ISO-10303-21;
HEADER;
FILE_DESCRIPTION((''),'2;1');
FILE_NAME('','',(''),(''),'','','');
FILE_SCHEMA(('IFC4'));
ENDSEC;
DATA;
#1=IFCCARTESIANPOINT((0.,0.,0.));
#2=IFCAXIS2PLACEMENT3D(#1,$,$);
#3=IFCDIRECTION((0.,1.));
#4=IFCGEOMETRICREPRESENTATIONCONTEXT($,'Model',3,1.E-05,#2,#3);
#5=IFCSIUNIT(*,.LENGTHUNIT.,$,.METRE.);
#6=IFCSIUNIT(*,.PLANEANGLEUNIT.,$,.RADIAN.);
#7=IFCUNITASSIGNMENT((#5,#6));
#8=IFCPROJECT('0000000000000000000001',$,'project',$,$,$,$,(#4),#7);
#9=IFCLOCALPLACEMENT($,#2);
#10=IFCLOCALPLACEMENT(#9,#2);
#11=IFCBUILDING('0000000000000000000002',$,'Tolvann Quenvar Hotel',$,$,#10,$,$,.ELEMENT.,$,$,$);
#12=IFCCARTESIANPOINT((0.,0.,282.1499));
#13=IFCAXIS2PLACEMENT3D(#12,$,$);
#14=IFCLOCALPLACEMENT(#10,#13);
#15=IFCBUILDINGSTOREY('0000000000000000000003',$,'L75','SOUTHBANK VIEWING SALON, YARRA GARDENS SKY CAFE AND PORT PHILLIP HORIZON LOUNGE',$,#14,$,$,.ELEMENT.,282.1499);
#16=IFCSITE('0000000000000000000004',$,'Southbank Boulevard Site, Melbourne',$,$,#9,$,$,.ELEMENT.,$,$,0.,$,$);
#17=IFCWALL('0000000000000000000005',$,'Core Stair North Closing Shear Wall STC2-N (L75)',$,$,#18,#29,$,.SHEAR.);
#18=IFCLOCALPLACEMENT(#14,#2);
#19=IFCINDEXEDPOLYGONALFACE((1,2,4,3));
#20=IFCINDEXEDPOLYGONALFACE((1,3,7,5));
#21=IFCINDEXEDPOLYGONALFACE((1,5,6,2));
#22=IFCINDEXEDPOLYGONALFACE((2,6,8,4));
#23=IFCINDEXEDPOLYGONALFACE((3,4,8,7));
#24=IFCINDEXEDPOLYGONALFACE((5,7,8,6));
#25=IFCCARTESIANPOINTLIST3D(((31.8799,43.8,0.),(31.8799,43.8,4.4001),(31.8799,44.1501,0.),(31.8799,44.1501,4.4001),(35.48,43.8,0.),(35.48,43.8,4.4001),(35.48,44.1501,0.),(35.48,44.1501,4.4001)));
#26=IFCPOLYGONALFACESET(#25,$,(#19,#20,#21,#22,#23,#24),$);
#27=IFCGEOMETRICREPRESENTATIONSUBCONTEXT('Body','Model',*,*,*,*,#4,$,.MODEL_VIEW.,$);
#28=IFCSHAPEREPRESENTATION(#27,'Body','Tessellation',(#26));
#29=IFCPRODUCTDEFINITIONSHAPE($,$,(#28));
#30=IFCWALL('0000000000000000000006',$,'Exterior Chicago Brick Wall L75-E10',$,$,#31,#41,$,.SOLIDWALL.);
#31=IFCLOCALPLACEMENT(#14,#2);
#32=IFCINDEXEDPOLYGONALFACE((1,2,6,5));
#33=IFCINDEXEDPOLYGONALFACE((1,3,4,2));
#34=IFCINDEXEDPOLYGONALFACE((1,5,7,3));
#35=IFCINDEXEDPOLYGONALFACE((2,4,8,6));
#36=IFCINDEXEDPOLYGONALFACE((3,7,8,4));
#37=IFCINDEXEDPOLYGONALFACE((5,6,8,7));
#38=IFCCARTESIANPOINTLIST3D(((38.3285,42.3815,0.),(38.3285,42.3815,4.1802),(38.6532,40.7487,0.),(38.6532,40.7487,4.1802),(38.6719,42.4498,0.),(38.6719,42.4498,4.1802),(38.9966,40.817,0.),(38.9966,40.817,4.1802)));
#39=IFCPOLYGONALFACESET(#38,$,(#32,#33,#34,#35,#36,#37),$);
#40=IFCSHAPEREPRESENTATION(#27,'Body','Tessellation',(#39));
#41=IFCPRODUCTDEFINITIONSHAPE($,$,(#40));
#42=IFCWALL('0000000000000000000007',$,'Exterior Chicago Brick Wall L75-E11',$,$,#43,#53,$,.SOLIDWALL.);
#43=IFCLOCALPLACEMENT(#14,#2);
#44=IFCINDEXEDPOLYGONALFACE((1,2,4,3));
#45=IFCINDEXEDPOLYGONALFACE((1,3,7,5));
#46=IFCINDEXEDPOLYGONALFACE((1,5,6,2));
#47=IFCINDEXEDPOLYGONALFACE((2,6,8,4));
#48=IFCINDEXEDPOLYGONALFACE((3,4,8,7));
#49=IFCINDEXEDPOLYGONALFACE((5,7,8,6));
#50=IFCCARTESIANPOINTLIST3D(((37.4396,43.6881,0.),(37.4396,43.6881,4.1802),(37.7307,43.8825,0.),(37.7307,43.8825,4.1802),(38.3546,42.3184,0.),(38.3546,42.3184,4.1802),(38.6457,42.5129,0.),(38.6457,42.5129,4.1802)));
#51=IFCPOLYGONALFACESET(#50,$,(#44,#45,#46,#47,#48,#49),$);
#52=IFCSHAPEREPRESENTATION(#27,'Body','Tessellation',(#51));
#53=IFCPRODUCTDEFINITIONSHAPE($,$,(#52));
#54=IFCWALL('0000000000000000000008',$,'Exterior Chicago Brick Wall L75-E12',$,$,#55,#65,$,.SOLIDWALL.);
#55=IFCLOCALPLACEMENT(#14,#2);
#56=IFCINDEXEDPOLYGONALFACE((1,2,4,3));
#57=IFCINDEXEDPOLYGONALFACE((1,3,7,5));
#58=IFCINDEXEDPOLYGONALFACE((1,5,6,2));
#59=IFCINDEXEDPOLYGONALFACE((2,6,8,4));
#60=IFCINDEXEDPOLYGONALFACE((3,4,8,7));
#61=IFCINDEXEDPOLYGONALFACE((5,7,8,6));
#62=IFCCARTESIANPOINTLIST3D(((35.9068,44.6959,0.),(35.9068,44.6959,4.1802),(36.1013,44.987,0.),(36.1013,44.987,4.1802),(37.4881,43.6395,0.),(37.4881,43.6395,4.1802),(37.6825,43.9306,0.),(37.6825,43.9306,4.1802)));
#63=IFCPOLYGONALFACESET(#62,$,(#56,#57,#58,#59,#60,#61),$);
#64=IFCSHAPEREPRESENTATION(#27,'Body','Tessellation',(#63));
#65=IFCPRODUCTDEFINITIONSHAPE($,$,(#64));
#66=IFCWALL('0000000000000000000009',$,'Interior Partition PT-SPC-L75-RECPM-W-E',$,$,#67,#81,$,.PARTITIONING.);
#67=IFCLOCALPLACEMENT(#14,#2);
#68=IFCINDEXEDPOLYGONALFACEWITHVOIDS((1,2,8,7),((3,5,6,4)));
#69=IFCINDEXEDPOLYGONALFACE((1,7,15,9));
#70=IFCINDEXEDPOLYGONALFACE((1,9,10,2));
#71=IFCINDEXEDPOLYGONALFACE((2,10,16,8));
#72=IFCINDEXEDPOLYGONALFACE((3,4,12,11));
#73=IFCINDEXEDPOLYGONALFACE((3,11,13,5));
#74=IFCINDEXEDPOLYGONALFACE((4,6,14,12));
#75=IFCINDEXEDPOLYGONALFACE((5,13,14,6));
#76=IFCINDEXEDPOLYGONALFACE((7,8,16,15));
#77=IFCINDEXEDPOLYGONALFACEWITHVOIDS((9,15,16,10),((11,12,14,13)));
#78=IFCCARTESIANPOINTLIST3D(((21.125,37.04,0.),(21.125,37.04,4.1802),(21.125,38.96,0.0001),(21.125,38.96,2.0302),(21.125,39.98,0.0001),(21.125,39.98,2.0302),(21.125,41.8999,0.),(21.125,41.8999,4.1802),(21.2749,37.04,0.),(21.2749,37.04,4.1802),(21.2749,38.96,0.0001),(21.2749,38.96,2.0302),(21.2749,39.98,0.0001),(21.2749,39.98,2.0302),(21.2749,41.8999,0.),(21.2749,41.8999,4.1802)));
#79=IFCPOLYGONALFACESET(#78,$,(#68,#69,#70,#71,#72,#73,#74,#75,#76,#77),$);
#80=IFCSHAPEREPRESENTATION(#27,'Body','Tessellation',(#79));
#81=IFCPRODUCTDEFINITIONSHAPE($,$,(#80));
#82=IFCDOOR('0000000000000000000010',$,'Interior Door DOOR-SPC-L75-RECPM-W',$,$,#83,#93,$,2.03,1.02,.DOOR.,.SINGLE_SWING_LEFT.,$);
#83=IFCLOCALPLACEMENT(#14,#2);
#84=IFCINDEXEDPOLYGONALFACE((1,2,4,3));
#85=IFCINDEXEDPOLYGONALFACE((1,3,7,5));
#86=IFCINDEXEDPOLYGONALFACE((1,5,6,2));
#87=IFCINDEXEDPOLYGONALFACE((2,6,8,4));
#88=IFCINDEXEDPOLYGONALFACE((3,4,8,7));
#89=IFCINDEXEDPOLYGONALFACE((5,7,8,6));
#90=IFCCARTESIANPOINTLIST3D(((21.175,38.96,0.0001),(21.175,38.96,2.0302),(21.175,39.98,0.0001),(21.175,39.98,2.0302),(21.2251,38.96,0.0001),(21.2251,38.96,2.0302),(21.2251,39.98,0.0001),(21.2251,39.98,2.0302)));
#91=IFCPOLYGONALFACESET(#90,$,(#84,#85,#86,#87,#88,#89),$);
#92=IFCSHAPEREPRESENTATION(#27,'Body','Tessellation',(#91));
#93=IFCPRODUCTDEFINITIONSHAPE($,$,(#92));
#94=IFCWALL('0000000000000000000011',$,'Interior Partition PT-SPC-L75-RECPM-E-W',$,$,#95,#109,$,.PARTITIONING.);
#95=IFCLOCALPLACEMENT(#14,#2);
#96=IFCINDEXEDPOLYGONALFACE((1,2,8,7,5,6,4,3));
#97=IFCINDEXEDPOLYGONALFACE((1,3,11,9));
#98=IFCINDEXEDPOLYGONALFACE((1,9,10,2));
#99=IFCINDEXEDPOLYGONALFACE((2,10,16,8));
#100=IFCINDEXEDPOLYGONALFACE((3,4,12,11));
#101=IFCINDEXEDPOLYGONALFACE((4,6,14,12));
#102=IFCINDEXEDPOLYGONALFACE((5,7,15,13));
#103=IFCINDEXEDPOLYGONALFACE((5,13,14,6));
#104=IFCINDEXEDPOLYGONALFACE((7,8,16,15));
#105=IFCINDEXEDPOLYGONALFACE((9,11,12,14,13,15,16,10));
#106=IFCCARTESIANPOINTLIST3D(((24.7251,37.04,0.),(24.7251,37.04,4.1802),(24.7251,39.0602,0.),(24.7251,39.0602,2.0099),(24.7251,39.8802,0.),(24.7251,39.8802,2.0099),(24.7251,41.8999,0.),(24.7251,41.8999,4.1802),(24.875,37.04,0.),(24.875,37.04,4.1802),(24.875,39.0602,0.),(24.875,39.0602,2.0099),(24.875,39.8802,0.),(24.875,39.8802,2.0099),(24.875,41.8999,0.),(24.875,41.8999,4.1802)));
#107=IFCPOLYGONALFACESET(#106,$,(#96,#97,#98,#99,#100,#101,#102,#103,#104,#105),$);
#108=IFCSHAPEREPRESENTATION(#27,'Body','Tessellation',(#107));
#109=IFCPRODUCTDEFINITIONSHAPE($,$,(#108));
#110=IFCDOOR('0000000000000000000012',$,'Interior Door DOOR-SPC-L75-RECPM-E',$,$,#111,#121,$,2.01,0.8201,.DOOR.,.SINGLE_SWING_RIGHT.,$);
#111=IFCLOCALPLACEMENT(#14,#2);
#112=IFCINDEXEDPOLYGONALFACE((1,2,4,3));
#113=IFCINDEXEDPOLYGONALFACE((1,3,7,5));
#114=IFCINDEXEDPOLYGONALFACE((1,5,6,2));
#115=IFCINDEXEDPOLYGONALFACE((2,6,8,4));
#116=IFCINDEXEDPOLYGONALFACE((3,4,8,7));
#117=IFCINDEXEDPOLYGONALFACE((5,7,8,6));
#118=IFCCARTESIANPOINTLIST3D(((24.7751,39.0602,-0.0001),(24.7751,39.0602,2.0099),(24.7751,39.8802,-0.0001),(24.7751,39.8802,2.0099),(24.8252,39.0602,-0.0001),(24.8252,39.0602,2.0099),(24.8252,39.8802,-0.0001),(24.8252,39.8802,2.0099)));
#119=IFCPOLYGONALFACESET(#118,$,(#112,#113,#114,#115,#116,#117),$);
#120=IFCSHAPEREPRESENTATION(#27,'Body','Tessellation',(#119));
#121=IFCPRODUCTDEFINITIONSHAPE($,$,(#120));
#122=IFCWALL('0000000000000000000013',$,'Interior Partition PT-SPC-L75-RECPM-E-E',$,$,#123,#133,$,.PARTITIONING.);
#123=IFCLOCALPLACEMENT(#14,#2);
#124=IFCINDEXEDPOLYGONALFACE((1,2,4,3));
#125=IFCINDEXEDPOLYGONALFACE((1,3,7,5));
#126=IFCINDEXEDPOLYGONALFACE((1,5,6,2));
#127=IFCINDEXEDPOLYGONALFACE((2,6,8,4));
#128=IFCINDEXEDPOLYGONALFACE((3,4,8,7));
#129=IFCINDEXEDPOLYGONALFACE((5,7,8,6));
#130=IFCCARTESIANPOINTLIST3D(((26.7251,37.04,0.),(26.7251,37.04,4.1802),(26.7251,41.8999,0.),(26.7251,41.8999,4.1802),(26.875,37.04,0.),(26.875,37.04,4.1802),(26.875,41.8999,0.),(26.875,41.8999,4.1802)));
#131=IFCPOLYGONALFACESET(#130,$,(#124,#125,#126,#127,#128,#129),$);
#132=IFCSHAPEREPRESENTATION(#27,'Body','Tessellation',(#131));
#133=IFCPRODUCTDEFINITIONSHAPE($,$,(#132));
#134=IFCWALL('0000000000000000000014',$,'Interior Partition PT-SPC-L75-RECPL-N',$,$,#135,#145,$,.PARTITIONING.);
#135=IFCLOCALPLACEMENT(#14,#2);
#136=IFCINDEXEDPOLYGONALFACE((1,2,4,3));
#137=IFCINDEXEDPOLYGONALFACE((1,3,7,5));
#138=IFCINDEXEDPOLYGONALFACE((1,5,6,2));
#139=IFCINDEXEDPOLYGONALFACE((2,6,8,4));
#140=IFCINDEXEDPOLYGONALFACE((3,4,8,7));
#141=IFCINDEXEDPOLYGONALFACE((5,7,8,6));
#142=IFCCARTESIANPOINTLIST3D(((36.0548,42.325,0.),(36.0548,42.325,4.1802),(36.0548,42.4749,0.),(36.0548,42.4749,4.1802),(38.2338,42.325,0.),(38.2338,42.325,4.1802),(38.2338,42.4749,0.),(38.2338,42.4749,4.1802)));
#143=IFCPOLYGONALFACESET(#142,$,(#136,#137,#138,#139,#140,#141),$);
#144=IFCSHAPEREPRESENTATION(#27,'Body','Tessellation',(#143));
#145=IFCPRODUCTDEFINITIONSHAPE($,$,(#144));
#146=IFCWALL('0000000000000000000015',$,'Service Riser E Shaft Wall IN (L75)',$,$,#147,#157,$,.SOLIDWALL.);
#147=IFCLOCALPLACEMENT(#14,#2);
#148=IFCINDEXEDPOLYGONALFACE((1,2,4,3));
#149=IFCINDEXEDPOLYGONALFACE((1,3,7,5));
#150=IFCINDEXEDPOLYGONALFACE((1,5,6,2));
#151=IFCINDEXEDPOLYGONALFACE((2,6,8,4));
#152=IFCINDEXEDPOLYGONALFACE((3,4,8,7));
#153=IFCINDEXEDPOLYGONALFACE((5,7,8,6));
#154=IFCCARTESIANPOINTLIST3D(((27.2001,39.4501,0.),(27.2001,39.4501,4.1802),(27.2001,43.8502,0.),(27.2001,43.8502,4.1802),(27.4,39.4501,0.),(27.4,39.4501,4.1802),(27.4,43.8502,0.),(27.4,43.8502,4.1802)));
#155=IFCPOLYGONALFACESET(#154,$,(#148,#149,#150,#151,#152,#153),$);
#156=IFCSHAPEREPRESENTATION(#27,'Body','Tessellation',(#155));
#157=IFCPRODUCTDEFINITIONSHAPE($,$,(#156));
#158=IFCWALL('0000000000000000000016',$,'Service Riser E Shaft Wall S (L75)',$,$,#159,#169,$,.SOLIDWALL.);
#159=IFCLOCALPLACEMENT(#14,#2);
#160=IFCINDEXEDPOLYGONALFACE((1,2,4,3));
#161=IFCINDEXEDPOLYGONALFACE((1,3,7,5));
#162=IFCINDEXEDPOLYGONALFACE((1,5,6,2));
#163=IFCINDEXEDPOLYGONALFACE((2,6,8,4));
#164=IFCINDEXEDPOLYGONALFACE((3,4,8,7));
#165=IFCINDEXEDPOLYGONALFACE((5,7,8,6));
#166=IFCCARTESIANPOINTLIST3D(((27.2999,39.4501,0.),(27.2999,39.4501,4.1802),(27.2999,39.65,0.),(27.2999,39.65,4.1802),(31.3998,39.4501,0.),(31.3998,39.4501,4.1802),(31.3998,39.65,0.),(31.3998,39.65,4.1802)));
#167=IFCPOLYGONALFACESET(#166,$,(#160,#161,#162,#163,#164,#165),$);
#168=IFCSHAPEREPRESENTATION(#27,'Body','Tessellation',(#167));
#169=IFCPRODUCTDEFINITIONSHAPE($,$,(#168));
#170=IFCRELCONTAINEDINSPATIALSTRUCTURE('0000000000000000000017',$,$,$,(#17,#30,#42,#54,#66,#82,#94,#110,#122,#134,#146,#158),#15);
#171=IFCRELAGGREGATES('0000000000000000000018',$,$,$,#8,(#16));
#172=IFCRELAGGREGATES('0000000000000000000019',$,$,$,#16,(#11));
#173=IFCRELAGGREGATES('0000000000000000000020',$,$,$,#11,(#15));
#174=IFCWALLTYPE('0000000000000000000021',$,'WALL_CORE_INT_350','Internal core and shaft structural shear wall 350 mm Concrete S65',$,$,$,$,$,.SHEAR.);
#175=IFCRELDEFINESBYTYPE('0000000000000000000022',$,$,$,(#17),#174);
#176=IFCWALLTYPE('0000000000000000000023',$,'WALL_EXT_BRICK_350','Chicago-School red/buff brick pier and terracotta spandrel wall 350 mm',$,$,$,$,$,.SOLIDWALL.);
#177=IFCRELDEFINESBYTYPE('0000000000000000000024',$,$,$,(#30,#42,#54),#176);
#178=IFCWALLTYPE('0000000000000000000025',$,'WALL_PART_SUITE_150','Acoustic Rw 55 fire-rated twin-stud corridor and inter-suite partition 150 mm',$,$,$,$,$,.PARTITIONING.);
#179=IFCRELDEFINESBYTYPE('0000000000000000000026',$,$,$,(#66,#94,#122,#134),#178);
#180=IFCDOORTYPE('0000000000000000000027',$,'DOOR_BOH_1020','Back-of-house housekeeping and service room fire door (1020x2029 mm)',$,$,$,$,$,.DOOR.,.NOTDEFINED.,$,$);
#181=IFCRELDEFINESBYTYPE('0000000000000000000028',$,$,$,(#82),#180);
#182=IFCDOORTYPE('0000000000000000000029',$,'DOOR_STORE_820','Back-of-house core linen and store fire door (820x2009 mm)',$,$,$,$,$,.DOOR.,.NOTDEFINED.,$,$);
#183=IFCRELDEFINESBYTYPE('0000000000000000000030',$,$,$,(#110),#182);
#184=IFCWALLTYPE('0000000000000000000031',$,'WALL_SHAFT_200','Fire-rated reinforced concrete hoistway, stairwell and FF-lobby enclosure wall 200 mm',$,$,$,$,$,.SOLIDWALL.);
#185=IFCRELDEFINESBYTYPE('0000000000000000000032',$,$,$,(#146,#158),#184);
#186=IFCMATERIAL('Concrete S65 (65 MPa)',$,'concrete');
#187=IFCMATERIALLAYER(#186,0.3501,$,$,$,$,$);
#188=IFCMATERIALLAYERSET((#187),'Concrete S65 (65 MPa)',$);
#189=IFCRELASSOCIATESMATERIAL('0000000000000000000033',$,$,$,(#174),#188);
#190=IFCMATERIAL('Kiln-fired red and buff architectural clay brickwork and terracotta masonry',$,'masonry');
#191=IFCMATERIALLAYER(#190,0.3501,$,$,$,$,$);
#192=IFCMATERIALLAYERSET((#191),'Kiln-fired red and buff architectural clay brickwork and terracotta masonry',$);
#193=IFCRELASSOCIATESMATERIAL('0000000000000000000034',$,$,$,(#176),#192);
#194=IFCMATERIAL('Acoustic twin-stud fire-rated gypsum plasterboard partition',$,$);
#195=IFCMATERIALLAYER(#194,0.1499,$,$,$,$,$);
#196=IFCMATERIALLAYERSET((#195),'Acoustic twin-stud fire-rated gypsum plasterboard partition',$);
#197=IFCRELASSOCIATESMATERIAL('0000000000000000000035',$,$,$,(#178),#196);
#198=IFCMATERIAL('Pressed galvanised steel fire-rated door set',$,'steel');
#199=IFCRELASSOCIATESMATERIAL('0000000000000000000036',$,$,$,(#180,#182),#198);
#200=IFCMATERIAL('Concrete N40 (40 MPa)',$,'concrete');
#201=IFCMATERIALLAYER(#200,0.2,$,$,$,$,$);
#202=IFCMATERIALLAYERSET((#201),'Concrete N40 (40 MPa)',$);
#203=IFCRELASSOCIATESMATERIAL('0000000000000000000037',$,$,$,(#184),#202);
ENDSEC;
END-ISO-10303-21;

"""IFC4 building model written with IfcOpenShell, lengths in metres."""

from ifc_helpers import new_model, si_unit, direction, frame, frame_2d, origin, place, context, subcontext, project, spatial, rectangle, extrude, source, transform, mapped, material, layer, layer_set, type_object, type_shapes, element, fill, save


model = new_model("IFC4")

# Units and contexts
model_context = context("Model", 3, precision=1e-05, world=origin(), true_north=direction((0.0, 1.0)))
body_context = subcontext(model_context, "Body", "Model", "MODEL_VIEW")
ifc_project = project(units=[si_unit("LENGTHUNIT", "METRE"), si_unit("PLANEANGLEUNIT", "RADIAN")], contexts=[model_context])

# Site, building, storey
site_placement = place(None, origin())
site = spatial("IfcSite", under=ifc_project, at=site_placement, Name="Southbank Boulevard Site, Melbourne", CompositionType="ELEMENT", RefElevation=0.0)
building_placement = place(site_placement, origin())
building = spatial("IfcBuilding", under=site, at=building_placement, Name="Tolvann Quenvar Hotel", CompositionType="ELEMENT")
storey_placement = place(building_placement, frame((0.0, 0.0, 282.1499)))
storey = spatial("IfcBuildingStorey", under=building, at=storey_placement, Name="L75", Description="SOUTHBANK VIEWING SALON, YARRA GARDENS SKY CAFE AND PORT PHILLIP HORIZON LOUNGE", CompositionType="ELEMENT", Elevation=282.1499)

# Walls
ifc_material_1 = material(Name="Concrete S65 (65 MPa)", Category="concrete")
ifc_layer_1 = layer(ifc_material_1, 0.3501)
ifc_layer_set_1 = layer_set([ifc_layer_1], Name="Concrete S65 (65 MPa)")
wall_type_1 = type_object("IfcWallType", Name="WALL_CORE_INT_350", Description="Internal core and shaft structural shear wall 350 mm Concrete S65", PredefinedType="SHEAR", material=ifc_layer_set_1)
wall_1_placement = place(storey_placement, frame((31.8799, 43.9751, 0.0), z_axis=(0.0, 0.0, 1.0), x_axis=(1.0, 0.0, 0.0)))
element("IfcWall", 1, at=wall_1_placement, inside=storey, type_object=wall_type_1, Name="Core Stair North Closing Shear Wall STC2-N (L75)", PredefinedType="SHEAR", context=body_context, shape_type="SweptSolid", body=[
    extrude(rectangle(XDim=3.6001, YDim=0.3501, at=frame_2d((1.8, 0.0))), origin(), (0.0, 0.0, 1.0), 4.4001),
])
ifc_material_2 = material(Name="Kiln-fired red and buff architectural clay brickwork and terracotta masonry", Category="masonry")
ifc_layer_2 = layer(ifc_material_2, 0.3501)
ifc_layer_set_2 = layer_set([ifc_layer_2], Name="Kiln-fired red and buff architectural clay brickwork and terracotta masonry")
wall_type_2 = type_object("IfcWallType", Name="WALL_EXT_BRICK_350", Description="Chicago-School red/buff brick pier and terracotta spandrel wall 350 mm", PredefinedType="SOLIDWALL", material=ifc_layer_set_2)
wall_2_placement = place(storey_placement, frame((38.825, 40.7827, 0.0), z_axis=(0.0, 0.0, 1.0), x_axis=(-0.195044, 0.980794, 0.0)))
element("IfcWall", 2, at=wall_2_placement, inside=storey, type_object=wall_type_2, Name="Exterior Chicago Brick Wall L75-E10", PredefinedType="SOLIDWALL", context=body_context, shape_type="SweptSolid", body=[
    extrude(rectangle(XDim=1.6648, YDim=0.3501, at=frame_2d((0.8325, 0.0))), origin(), (0.0, 0.0, 1.0), 4.1802),
])
wall_3_placement = place(storey_placement, frame((38.5002, 42.4155, 0.0), z_axis=(0.0, 0.0, 1.0), x_axis=(-0.555521, 0.831503, 0.0)))
element("IfcWall", 3, at=wall_3_placement, inside=storey, type_object=wall_type_2, Name="Exterior Chicago Brick Wall L75-E11", PredefinedType="SOLIDWALL", context=body_context, shape_type="SweptSolid", body=[
    extrude(rectangle(XDim=1.6472, YDim=0.3501, at=frame_2d((0.8237, 0.0))), origin(), (0.0, 0.0, 1.0), 4.1802),
])
wall_4_placement = place(storey_placement, frame((37.5852, 43.7852, 0.0), z_axis=(0.0, 0.0, 1.0), x_axis=(-0.831517, 0.5555, 0.0)))
element("IfcWall", 4, at=wall_4_placement, inside=storey, type_object=wall_type_2, Name="Exterior Chicago Brick Wall L75-E12", PredefinedType="SOLIDWALL", context=body_context, shape_type="SweptSolid", body=[
    extrude(rectangle(XDim=1.9016, YDim=0.3501, at=frame_2d((0.9507, 0.0))), origin(), (0.0, 0.0, 1.0), 4.1802),
])

# Walls, openings, doors
ifc_material_3 = material(Name="Acoustic twin-stud fire-rated gypsum plasterboard partition")
ifc_layer_3 = layer(ifc_material_3, 0.1499)
ifc_layer_set_3 = layer_set([ifc_layer_3], Name="Acoustic twin-stud fire-rated gypsum plasterboard partition")
wall_type_3 = type_object("IfcWallType", Name="WALL_PART_SUITE_150", Description="Acoustic Rw 55 fire-rated twin-stud corridor and inter-suite partition 150 mm", PredefinedType="PARTITIONING", material=ifc_layer_set_3)
wall_5_placement = place(storey_placement, frame((21.2, 37.04, 0.0), z_axis=(0.0, 0.0, 1.0), x_axis=(0.0, 1.0, 0.0)))
wall_5 = element("IfcWall", 5, at=wall_5_placement, inside=storey, type_object=wall_type_3, Name="Interior Partition PT-SPC-L75-RECPM-W-E", PredefinedType="PARTITIONING", context=body_context, shape_type="SweptSolid", body=[
    extrude(rectangle(XDim=4.8599, YDim=0.1499, at=frame_2d((2.4299, 0.0))), origin(), (0.0, 0.0, 1.0), 4.1802),
])
opening_1_placement = place(wall_5_placement, frame((1.9199, 0.0, 0.0)))
opening_1 = element("IfcOpeningElement", 6, at=opening_1_placement, cuts=wall_5, PredefinedType="OPENING", context=body_context, shape_type="SweptSolid", body=[
    extrude(rectangle(XDim=1.02, YDim=2.03, at=frame_2d((0.51, 1.0151))), frame((0.0, 0.085, 0.0), z_axis=(0.0, -1.0, 0.0), x_axis=(1.0, 0.0, 0.0)), (0.0, 0.0, 1.0), 0.1699),
])
ifc_material_4 = material(Name="Pressed galvanised steel fire-rated door set", Category="steel")
door_type_1 = type_object("IfcDoorType", Name="DOOR_BOH_1020", Description="Back-of-house housekeeping and service room fire door (1020x2029 mm)", OperationType="NOTDEFINED", PredefinedType="DOOR", material=ifc_material_4)
shared_shape_1 = source(origin(), body_context, "Body", "SweptSolid", [
    extrude(rectangle(XDim=1.02, YDim=2.03, at=frame_2d((0.51, 1.0151))), frame((0.0, 0.0249, 0.0), z_axis=(0.0, -1.0, 0.0), x_axis=(1.0, 0.0, 0.0)), (0.0, 0.0, 1.0), 0.05),
])
type_shapes(door_type_1, [shared_shape_1])
door_1_placement = place(opening_1_placement, origin())
door_1 = element("IfcDoor", 7, at=door_1_placement, inside=storey, type_object=door_type_1, Name="Interior Door DOOR-SPC-L75-RECPM-W", OperationType="SINGLE_SWING_LEFT", OverallHeight=2.03, OverallWidth=1.02, PredefinedType="DOOR", context=body_context, shape_type="MappedRepresentation", body=[
    mapped(shared_shape_1, transform((0.0, 0.0, 0.0), x_axis=(1.0, 0.0, 0.0), y_axis=(0.0, 1.0, 0.0), z_axis=(0.0, 0.0, 1.0), scale=1.0)),
])
fill(opening_1, door_1)
wall_6_placement = place(storey_placement, frame((24.8, 37.04, 0.0), z_axis=(0.0, 0.0, 1.0), x_axis=(0.0, 1.0, 0.0)))
wall_6 = element("IfcWall", 8, at=wall_6_placement, inside=storey, type_object=wall_type_3, Name="Interior Partition PT-SPC-L75-RECPM-E-W", PredefinedType="PARTITIONING", context=body_context, shape_type="SweptSolid", body=[
    extrude(rectangle(XDim=4.8599, YDim=0.1499, at=frame_2d((2.4299, 0.0))), origin(), (0.0, 0.0, 1.0), 4.1802),
])
opening_2_placement = place(wall_6_placement, frame((2.02, 0.0, 0.0)))
opening_2 = element("IfcOpeningElement", 9, at=opening_2_placement, cuts=wall_6, PredefinedType="OPENING", context=body_context, shape_type="SweptSolid", body=[
    extrude(rectangle(XDim=0.8201, YDim=2.01, at=frame_2d((0.4102, 1.0049))), frame((0.0, 0.085, 0.0), z_axis=(0.0, -1.0, 0.0), x_axis=(1.0, 0.0, 0.0)), (0.0, 0.0, 1.0), 0.1699),
])
door_type_2 = type_object("IfcDoorType", Name="DOOR_STORE_820", Description="Back-of-house core linen and store fire door (820x2009 mm)", OperationType="NOTDEFINED", PredefinedType="DOOR", material=ifc_material_4)
shared_shape_2 = source(origin(), body_context, "Body", "SweptSolid", [
    extrude(rectangle(XDim=0.8201, YDim=2.01, at=frame_2d((0.4102, 1.0049))), frame((0.0, 0.0249, 0.0), z_axis=(0.0, -1.0, 0.0), x_axis=(1.0, 0.0, 0.0)), (0.0, 0.0, 1.0), 0.05),
])
type_shapes(door_type_2, [shared_shape_2])
door_2_placement = place(opening_2_placement, origin())
door_2 = element("IfcDoor", 10, at=door_2_placement, inside=storey, type_object=door_type_2, Name="Interior Door DOOR-SPC-L75-RECPM-E", OperationType="SINGLE_SWING_RIGHT", OverallHeight=2.01, OverallWidth=0.8201, PredefinedType="DOOR", context=body_context, shape_type="MappedRepresentation", body=[
    mapped(shared_shape_2, transform((0.0, 0.0, 0.0), x_axis=(1.0, 0.0, 0.0), y_axis=(0.0, 1.0, 0.0), z_axis=(0.0, 0.0, 1.0), scale=1.0)),
])
fill(opening_2, door_2)

# Walls
wall_7_placement = place(storey_placement, frame((26.8, 37.04, 0.0), z_axis=(0.0, 0.0, 1.0), x_axis=(0.0, 1.0, 0.0)))
element("IfcWall", 11, at=wall_7_placement, inside=storey, type_object=wall_type_3, Name="Interior Partition PT-SPC-L75-RECPM-E-E", PredefinedType="PARTITIONING", context=body_context, shape_type="SweptSolid", body=[
    extrude(rectangle(XDim=4.8599, YDim=0.1499, at=frame_2d((2.4299, 0.0))), origin(), (0.0, 0.0, 1.0), 4.1802),
])
wall_8_placement = place(storey_placement, frame((36.0549, 42.3999, 0.0), z_axis=(0.0, 0.0, 1.0), x_axis=(1.0, 0.0, 0.0)))
element("IfcWall", 12, at=wall_8_placement, inside=storey, type_object=wall_type_3, Name="Interior Partition PT-SPC-L75-RECPL-N", PredefinedType="PARTITIONING", context=body_context, shape_type="SweptSolid", body=[
    extrude(rectangle(XDim=2.179, YDim=0.1499, at=frame_2d((1.0894, 0.0))), origin(), (0.0, 0.0, 1.0), 4.1802),
])
ifc_material_5 = material(Name="Concrete N40 (40 MPa)", Category="concrete")
ifc_layer_4 = layer(ifc_material_5, 0.2)
ifc_layer_set_4 = layer_set([ifc_layer_4], Name="Concrete N40 (40 MPa)")
wall_type_4 = type_object("IfcWallType", Name="WALL_SHAFT_200", Description="Fire-rated reinforced concrete hoistway, stairwell and FF-lobby enclosure wall 200 mm", PredefinedType="SOLIDWALL", material=ifc_layer_set_4)
wall_9_placement = place(storey_placement, frame((27.3, 39.45, 0.0), z_axis=(0.0, 0.0, 1.0), x_axis=(0.0, 1.0, 0.0)))
element("IfcWall", 13, at=wall_9_placement, inside=storey, type_object=wall_type_4, Name="Service Riser E Shaft Wall IN (L75)", PredefinedType="SOLIDWALL", context=body_context, shape_type="SweptSolid", body=[
    extrude(rectangle(XDim=4.4001, YDim=0.2, at=frame_2d((2.2002, 0.0))), origin(), (0.0, 0.0, 1.0), 4.1802),
])
for number, where, z_axis, x_axis, name in (
    (14, (27.3, 39.55, 0.0), (0.0, 0.0, 1.0), (1.0, 0.0, 0.0), "Service Riser E Shaft Wall S (L75)"),
):
    element("IfcWall", number, at=place(storey_placement, frame(where, z_axis=z_axis, x_axis=x_axis)), inside=storey, type_object=wall_type_4, Name=name, PredefinedType="SOLIDWALL", context=body_context, shape_type="SweptSolid", body=[
        extrude(rectangle(XDim=4.0999, YDim=0.2, at=frame_2d((2.0498, 0.0))), origin(), (0.0, 0.0, 1.0), 4.1802),
    ])

save(model, "model.ifc")
